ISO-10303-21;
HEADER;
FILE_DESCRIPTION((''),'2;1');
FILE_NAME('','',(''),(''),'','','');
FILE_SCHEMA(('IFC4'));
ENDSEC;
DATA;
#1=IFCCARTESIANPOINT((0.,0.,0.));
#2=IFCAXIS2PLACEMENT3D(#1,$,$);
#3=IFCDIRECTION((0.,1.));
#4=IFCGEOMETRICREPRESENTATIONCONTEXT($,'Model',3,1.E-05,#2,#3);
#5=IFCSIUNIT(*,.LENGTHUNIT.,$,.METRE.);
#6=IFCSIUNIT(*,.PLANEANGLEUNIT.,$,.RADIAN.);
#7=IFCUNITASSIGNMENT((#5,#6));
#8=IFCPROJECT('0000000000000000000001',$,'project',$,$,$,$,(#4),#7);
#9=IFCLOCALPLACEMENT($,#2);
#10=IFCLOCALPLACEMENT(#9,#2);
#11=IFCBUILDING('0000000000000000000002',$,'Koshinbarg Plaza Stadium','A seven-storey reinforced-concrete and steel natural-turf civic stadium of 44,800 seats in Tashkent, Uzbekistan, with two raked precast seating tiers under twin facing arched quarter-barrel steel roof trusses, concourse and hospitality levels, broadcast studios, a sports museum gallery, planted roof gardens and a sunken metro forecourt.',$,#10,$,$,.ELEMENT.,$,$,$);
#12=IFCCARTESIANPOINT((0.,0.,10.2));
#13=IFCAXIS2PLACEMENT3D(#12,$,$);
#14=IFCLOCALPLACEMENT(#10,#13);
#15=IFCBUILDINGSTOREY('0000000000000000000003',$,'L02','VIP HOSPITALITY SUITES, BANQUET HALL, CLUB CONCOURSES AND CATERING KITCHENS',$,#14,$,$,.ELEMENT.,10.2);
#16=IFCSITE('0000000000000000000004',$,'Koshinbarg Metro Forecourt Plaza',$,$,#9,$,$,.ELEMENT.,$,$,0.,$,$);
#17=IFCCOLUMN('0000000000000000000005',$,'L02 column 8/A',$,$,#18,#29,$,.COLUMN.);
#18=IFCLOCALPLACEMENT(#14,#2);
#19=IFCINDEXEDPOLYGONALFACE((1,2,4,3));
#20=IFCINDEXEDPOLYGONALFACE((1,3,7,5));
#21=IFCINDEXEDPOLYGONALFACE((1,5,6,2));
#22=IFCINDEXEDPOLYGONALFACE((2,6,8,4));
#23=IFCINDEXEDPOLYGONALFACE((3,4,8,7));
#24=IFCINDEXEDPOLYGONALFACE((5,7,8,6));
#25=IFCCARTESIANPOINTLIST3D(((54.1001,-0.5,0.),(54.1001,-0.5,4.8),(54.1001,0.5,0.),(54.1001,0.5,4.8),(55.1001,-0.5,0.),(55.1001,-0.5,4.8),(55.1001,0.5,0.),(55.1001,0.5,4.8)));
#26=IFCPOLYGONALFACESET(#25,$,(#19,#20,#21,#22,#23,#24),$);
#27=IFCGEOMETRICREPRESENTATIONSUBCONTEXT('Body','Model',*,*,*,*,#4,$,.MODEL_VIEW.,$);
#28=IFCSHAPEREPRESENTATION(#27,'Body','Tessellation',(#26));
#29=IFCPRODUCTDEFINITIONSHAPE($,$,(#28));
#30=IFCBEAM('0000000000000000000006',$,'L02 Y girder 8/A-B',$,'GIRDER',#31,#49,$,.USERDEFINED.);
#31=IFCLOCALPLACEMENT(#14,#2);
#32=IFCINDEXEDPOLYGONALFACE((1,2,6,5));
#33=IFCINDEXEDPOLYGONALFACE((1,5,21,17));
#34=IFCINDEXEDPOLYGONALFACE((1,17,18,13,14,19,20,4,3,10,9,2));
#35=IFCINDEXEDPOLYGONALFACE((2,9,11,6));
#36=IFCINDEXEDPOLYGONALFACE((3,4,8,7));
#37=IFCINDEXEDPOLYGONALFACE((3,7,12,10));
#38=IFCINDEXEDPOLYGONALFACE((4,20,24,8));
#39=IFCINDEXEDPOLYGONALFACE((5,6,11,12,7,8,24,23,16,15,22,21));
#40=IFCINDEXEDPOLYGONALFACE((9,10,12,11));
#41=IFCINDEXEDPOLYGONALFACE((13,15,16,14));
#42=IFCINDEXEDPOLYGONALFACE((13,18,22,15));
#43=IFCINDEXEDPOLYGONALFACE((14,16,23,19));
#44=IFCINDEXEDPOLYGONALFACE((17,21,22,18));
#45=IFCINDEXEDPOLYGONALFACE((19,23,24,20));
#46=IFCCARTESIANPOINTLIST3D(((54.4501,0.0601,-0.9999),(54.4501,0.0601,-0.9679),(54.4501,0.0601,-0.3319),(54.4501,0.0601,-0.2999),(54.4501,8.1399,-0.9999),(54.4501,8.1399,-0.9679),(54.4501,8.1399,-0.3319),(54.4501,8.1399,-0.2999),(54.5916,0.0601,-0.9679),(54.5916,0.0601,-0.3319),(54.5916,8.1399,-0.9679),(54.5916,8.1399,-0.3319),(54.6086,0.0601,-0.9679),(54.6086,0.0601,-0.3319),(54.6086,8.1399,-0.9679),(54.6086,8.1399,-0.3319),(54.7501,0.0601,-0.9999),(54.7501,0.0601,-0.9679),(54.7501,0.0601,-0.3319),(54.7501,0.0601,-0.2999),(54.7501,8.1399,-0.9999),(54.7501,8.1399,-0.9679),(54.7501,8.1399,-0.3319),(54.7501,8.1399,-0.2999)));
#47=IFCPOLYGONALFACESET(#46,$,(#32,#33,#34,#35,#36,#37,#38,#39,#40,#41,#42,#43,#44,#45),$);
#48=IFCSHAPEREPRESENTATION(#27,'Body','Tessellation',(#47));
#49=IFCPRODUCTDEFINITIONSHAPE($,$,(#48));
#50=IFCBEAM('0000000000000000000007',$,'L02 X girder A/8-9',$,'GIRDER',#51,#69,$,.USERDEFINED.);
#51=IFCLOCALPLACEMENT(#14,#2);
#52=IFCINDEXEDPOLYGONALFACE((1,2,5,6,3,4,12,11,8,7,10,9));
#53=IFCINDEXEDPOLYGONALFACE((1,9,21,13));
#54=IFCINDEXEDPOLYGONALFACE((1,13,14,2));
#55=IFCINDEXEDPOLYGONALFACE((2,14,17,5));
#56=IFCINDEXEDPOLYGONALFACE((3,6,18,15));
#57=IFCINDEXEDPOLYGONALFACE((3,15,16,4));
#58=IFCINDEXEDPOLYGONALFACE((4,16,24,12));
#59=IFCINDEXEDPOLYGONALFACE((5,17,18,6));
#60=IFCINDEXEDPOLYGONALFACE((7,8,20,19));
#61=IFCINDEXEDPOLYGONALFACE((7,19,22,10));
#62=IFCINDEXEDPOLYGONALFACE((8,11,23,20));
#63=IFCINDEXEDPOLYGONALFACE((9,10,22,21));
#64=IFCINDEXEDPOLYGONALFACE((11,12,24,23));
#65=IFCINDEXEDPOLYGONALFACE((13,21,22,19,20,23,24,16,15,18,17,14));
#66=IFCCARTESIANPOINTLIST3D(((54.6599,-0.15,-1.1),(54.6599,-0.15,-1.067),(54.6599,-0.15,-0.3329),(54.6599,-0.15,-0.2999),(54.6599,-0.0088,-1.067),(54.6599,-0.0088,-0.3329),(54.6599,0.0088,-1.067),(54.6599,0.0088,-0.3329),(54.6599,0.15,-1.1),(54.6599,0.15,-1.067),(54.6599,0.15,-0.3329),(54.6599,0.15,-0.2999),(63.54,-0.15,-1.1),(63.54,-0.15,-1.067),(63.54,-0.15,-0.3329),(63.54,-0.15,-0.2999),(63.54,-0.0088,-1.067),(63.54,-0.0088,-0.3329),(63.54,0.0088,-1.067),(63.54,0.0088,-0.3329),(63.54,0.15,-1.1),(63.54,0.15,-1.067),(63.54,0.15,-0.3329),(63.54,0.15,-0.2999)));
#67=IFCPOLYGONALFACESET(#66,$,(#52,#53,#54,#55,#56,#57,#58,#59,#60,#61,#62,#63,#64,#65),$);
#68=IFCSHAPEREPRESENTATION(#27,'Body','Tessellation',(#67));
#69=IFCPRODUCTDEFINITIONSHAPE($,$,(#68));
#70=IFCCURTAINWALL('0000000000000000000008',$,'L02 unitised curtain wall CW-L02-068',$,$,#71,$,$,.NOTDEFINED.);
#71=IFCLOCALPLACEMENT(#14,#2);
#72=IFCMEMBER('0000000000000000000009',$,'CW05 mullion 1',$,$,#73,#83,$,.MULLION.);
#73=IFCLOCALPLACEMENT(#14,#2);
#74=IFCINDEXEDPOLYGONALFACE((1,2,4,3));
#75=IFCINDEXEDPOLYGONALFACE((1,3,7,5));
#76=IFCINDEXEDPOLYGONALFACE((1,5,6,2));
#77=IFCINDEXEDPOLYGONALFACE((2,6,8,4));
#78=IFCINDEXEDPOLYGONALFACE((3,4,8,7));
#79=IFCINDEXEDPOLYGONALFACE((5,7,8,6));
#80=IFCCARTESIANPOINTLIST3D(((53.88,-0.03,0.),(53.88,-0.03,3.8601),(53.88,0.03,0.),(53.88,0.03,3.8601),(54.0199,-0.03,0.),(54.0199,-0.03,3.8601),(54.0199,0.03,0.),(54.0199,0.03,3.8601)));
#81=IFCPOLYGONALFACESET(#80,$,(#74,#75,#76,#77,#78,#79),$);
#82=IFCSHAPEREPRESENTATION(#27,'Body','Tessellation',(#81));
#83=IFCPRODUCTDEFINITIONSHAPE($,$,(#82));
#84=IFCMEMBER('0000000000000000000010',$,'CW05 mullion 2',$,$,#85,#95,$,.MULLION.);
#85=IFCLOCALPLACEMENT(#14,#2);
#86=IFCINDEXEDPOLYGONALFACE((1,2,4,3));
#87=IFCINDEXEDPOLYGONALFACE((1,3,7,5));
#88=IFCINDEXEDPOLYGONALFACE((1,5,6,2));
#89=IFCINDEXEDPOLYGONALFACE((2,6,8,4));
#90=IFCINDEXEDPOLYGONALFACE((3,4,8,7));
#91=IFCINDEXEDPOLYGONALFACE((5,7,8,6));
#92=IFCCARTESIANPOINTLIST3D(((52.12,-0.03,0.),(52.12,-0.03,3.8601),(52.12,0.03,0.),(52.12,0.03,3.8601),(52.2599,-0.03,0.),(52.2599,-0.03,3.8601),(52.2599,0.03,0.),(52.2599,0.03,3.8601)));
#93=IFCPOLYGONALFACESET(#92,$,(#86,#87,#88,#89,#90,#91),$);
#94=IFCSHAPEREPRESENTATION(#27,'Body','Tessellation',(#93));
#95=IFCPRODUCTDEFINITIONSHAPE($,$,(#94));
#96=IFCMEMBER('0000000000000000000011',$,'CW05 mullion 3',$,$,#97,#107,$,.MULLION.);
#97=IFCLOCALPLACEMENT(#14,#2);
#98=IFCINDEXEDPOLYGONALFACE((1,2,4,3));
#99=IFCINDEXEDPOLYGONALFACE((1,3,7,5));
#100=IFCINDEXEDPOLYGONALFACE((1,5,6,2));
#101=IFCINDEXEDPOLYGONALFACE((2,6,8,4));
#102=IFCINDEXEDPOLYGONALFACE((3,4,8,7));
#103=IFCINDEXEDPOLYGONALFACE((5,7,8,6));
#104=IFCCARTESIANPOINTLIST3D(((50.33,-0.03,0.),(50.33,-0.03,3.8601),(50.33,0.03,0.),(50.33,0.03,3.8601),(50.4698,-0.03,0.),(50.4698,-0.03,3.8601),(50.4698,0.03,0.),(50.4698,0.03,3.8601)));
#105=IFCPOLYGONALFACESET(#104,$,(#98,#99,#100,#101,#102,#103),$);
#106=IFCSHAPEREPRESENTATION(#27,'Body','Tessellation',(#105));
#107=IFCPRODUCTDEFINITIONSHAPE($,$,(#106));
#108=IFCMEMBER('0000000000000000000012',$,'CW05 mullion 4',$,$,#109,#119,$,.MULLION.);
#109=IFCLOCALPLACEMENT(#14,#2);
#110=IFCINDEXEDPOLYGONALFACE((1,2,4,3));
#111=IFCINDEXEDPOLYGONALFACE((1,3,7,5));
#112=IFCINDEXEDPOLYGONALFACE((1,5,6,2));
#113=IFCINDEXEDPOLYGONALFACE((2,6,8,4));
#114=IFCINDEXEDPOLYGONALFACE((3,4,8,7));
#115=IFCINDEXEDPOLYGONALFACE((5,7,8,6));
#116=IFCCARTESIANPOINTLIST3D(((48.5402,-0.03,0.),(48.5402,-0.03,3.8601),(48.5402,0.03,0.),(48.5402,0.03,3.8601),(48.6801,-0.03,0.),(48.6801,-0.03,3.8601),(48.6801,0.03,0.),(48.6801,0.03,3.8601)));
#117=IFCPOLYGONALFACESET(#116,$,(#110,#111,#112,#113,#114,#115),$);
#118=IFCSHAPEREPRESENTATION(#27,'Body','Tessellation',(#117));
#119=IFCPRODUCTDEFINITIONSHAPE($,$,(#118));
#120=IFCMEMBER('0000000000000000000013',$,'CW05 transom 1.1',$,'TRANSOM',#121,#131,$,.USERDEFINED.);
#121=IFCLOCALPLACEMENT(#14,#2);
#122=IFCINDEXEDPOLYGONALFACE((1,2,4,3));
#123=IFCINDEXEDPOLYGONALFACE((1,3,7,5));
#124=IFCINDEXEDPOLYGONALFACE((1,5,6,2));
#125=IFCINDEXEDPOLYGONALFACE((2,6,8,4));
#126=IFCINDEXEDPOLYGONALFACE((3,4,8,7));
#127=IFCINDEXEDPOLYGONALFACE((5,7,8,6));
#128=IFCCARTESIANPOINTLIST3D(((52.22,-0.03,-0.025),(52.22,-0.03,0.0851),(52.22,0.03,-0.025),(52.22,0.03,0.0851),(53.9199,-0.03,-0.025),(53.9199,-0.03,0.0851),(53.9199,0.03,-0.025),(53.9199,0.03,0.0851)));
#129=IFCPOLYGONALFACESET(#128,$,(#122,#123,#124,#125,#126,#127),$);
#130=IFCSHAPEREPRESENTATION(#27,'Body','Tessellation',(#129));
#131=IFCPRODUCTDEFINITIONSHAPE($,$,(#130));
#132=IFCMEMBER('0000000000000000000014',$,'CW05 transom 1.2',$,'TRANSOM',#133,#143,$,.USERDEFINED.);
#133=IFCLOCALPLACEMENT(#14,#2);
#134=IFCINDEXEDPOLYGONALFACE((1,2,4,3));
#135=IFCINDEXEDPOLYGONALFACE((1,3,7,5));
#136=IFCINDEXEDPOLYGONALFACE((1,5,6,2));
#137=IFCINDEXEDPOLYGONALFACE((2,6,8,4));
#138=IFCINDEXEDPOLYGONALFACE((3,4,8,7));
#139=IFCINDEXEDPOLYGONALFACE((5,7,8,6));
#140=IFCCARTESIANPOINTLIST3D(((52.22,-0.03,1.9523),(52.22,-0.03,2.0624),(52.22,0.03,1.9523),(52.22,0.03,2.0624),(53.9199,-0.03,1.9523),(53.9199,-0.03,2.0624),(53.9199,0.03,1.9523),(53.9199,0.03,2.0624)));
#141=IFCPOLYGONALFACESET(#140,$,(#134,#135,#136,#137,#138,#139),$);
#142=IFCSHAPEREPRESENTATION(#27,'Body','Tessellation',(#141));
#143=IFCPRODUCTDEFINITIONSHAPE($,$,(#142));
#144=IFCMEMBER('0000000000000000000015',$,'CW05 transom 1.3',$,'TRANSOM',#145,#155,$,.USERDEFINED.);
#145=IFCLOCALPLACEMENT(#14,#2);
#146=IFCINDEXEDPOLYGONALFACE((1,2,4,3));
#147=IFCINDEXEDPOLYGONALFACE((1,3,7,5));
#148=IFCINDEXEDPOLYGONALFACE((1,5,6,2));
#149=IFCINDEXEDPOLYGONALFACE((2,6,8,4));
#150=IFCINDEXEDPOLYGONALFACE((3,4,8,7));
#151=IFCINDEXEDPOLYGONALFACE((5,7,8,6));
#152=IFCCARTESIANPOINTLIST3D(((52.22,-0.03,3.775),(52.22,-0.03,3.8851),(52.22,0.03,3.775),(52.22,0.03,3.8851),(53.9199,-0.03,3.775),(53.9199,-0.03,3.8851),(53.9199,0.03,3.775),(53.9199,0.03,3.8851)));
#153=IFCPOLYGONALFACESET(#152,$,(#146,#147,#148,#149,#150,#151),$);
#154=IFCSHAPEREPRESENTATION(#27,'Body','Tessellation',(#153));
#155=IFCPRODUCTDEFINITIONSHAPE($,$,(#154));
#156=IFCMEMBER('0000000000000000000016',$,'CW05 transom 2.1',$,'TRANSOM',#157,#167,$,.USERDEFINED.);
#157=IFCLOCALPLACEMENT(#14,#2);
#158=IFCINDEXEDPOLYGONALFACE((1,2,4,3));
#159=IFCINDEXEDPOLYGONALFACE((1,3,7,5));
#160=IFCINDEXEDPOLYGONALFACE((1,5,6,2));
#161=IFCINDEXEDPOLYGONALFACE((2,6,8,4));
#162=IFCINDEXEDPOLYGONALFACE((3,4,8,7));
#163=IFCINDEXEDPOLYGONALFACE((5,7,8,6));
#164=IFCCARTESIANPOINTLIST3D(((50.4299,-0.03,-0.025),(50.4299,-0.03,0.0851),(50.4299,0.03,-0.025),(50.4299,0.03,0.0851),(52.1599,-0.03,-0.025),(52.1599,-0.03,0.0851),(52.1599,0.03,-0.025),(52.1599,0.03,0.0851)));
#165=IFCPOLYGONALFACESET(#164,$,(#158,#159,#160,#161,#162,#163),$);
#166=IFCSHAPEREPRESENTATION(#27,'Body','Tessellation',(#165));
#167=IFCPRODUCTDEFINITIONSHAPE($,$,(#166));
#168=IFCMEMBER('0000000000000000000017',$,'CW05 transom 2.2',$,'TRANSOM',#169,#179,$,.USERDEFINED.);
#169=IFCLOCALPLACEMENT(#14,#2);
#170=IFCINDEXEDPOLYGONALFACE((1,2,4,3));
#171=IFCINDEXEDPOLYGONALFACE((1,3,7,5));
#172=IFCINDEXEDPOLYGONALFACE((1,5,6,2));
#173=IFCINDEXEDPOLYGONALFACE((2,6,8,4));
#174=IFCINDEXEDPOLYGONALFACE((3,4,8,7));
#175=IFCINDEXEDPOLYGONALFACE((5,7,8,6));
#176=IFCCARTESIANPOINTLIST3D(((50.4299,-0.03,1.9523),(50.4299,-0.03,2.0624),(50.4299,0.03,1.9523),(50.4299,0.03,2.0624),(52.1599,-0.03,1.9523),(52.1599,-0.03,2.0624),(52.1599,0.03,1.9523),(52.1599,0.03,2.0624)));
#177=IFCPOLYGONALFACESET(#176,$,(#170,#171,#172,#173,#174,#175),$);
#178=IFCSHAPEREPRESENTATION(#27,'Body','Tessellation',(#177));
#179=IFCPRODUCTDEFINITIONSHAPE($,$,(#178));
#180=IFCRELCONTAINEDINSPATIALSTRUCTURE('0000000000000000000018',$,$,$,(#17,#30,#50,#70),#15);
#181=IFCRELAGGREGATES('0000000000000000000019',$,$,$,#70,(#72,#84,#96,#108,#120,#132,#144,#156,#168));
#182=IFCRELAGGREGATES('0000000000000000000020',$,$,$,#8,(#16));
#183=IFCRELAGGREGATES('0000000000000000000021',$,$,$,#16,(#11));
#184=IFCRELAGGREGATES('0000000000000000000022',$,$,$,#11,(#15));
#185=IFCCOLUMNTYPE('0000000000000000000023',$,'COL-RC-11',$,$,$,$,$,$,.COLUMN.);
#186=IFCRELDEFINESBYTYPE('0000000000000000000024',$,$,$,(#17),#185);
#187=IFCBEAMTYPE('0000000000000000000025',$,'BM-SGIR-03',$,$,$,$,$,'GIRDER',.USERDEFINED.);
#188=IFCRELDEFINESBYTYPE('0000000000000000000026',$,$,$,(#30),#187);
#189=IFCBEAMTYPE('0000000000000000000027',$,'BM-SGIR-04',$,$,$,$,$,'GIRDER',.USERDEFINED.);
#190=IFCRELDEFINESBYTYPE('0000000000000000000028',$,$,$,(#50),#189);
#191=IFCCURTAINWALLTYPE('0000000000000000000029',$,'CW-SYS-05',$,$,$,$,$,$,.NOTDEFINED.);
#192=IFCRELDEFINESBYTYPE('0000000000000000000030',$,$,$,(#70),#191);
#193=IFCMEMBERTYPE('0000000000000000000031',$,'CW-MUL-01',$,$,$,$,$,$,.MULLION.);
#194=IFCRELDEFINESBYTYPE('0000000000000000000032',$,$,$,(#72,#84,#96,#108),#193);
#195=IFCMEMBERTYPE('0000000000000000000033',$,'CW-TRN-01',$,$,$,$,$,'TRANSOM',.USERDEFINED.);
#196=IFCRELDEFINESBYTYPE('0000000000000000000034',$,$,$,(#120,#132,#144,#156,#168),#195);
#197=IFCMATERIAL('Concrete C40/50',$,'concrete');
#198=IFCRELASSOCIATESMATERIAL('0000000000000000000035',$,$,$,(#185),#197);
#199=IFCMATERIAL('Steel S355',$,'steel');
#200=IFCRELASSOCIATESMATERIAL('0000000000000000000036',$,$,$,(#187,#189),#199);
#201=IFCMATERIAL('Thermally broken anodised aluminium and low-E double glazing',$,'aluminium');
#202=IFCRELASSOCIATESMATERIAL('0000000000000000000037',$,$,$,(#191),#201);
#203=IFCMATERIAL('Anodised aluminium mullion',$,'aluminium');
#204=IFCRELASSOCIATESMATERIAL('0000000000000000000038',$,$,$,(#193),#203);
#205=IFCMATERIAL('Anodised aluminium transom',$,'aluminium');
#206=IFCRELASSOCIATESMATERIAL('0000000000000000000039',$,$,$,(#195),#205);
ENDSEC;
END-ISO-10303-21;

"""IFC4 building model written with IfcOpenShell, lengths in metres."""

from ifc_helpers import new_model, si_unit, direction, frame, origin, origin_2d, place, context, subcontext, project, spatial, rectangle, i_section, extrude, material, material_profile, profile_set, type_object, element, aggregate, save


model = new_model("IFC4")

# Units and contexts
model_context = context("Model", 3, precision=1e-05, world=origin(), true_north=direction((0.0, 1.0)))
body_context = subcontext(model_context, "Body", "Model", "MODEL_VIEW")
ifc_project = project(units=[si_unit("LENGTHUNIT", "METRE"), si_unit("PLANEANGLEUNIT", "RADIAN")], contexts=[model_context])

# Site, building, storey
site_placement = place(None, origin())
site = spatial("IfcSite", under=ifc_project, at=site_placement, Name="Koshinbarg Metro Forecourt Plaza", CompositionType="ELEMENT", RefElevation=0.0)
building_placement = place(site_placement, origin())
building = spatial("IfcBuilding", under=site, at=building_placement, Name="Koshinbarg Plaza Stadium", Description="A seven-storey reinforced-concrete and steel natural-turf civic stadium of 44,800 seats in Tashkent, Uzbekistan, with two raked precast seating tiers under twin facing arched quarter-barrel steel roof trusses, concourse and hospitality levels, broadcast studios, a sports museum gallery, planted roof gardens and a sunken metro forecourt.", CompositionType="ELEMENT")
storey_placement = place(building_placement, frame((0.0, 0.0, 10.2)))
storey = spatial("IfcBuildingStorey", under=building, at=storey_placement, Name="L02", Description="VIP HOSPITALITY SUITES, BANQUET HALL, CLUB CONCOURSES AND CATERING KITCHENS", CompositionType="ELEMENT", Elevation=10.2)

# Column
ifc_material_1 = material(Name="Concrete C40/50", Category="concrete")
ifc_material_profile_1 = material_profile(ifc_material_1, rectangle(XDim=1.0, YDim=1.0, at=origin_2d()), Name="RC 1000x1000")
ifc_profile_set_1 = profile_set([ifc_material_profile_1], Name="Concrete C40/50")
column_type = type_object("IfcColumnType", Name="COL-RC-11", PredefinedType="COLUMN", material=ifc_profile_set_1)
column_placement = place(storey_placement, frame((54.6001, 0.0, 0.0), z_axis=(0.0, 0.0, 1.0), x_axis=(1.0, 0.0, 0.0)))
element("IfcColumn", 1, at=column_placement, inside=storey, type_object=column_type, Name="L02 column 8/A", PredefinedType="COLUMN", context=body_context, shape_type="SweptSolid", body=[
    extrude(rectangle(XDim=1.0, YDim=1.0, at=origin_2d()), origin(), (0.0, 0.0, 1.0), 4.8),
])

# Beams
ifc_material_2 = material(Name="Steel S355", Category="steel")
ifc_material_profile_2 = material_profile(ifc_material_2, i_section(OverallWidth=0.3, OverallDepth=0.7, WebThickness=0.0171, FlangeThickness=0.032, at=origin_2d()), Name="HEB 700")
ifc_profile_set_2 = profile_set([ifc_material_profile_2], Name="Steel S355")
beam_type_1 = type_object("IfcBeamType", Name="BM-SGIR-03", ElementType="GIRDER", PredefinedType="USERDEFINED", material=ifc_profile_set_2)
beam_1_placement = place(storey_placement, frame((54.6001, 0.0601, -0.6499), z_axis=(0.0, 1.0, 0.0), x_axis=(-1.0, 0.0, 0.0)))
element("IfcBeam", 2, at=beam_1_placement, inside=storey, type_object=beam_type_1, Name="L02 Y girder 8/A-B", ObjectType="GIRDER", PredefinedType="USERDEFINED", context=body_context, shape_type="SweptSolid", body=[
    extrude(i_section(OverallWidth=0.3, OverallDepth=0.7, WebThickness=0.0171, FlangeThickness=0.032, at=origin_2d()), origin(), (0.0, 0.0, 1.0), 8.0798),
])
ifc_material_profile_3 = material_profile(ifc_material_2, i_section(OverallWidth=0.3, OverallDepth=0.8, WebThickness=0.0176, FlangeThickness=0.033, at=origin_2d()), Name="HEB 800")
ifc_profile_set_3 = profile_set([ifc_material_profile_3], Name="Steel S355")
beam_type_2 = type_object("IfcBeamType", Name="BM-SGIR-04", ElementType="GIRDER", PredefinedType="USERDEFINED", material=ifc_profile_set_3)
beam_2_placement = place(storey_placement, frame((54.6599, 0.0, -0.7), z_axis=(1.0, 0.0, 0.0), x_axis=(0.0, 1.0, 0.0)))
element("IfcBeam", 3, at=beam_2_placement, inside=storey, type_object=beam_type_2, Name="L02 X girder A/8-9", ObjectType="GIRDER", PredefinedType="USERDEFINED", context=body_context, shape_type="SweptSolid", body=[
    extrude(i_section(OverallWidth=0.3, OverallDepth=0.8, WebThickness=0.0176, FlangeThickness=0.033, at=origin_2d()), origin(), (0.0, 0.0, 1.0), 8.8801),
])

# Curtain wall, members
ifc_material_3 = material(Name="Thermally broken anodised aluminium and low-E double glazing", Category="aluminium")
curtain_wall_type = type_object("IfcCurtainWallType", Name="CW-SYS-05", PredefinedType="NOTDEFINED", material=ifc_material_3)
curtain_wall_placement = place(storey_placement, origin())
curtain_wall = element("IfcCurtainWall", 4, at=curtain_wall_placement, inside=storey, type_object=curtain_wall_type, Name="L02 unitised curtain wall CW-L02-068", PredefinedType="NOTDEFINED")
ifc_material_4 = material(Name="Anodised aluminium mullion", Category="aluminium")
ifc_material_profile_4 = material_profile(ifc_material_4, rectangle(XDim=0.0601, YDim=0.1399, at=origin_2d()), Name="ALU 60x140")
ifc_profile_set_4 = profile_set([ifc_material_profile_4], Name="Anodised aluminium mullion")
member_type_1 = type_object("IfcMemberType", Name="CW-MUL-01", PredefinedType="MULLION", material=ifc_profile_set_4)
member_1_placement = place(storey_placement, frame((53.95, 0.0, 0.0), z_axis=(0.0, 0.0, 1.0), x_axis=(0.0, -1.0, 0.0)))
member_1 = element("IfcMember", 5, at=member_1_placement, type_object=member_type_1, Name="CW05 mullion 1", PredefinedType="MULLION", context=body_context, shape_type="SweptSolid", body=[
    extrude(rectangle(XDim=0.0601, YDim=0.1399, at=origin_2d()), origin(), (0.0, 0.0, 1.0), 3.8601),
])
member_2_placement = place(storey_placement, frame((52.1899, 0.0, 0.0), z_axis=(0.0, 0.0, 1.0), x_axis=(0.0, -1.0, 0.0)))
member_2 = element("IfcMember", 6, at=member_2_placement, type_object=member_type_1, Name="CW05 mullion 2", PredefinedType="MULLION", context=body_context, shape_type="SweptSolid", body=[
    extrude(rectangle(XDim=0.0601, YDim=0.1399, at=origin_2d()), origin(), (0.0, 0.0, 1.0), 3.8601),
])
member_3_placement = place(storey_placement, frame((50.3999, 0.0, 0.0), z_axis=(0.0, 0.0, 1.0), x_axis=(0.0, -1.0, 0.0)))
member_3 = element("IfcMember", 7, at=member_3_placement, type_object=member_type_1, Name="CW05 mullion 3", PredefinedType="MULLION", context=body_context, shape_type="SweptSolid", body=[
    extrude(rectangle(XDim=0.0601, YDim=0.1399, at=origin_2d()), origin(), (0.0, 0.0, 1.0), 3.8601),
])
member_4_placement = place(storey_placement, frame((48.6101, 0.0, 0.0), z_axis=(0.0, 0.0, 1.0), x_axis=(0.0, -1.0, 0.0)))
member_4 = element("IfcMember", 8, at=member_4_placement, type_object=member_type_1, Name="CW05 mullion 4", PredefinedType="MULLION", context=body_context, shape_type="SweptSolid", body=[
    extrude(rectangle(XDim=0.0601, YDim=0.1399, at=origin_2d()), origin(), (0.0, 0.0, 1.0), 3.8601),
])
ifc_material_5 = material(Name="Anodised aluminium transom", Category="aluminium")
ifc_material_profile_5 = material_profile(ifc_material_5, rectangle(XDim=0.0601, YDim=0.1101, at=origin_2d()), Name="ALU 60x110")
ifc_profile_set_5 = profile_set([ifc_material_profile_5], Name="Anodised aluminium transom")
member_type_2 = type_object("IfcMemberType", Name="CW-TRN-01", ElementType="TRANSOM", PredefinedType="USERDEFINED", material=ifc_profile_set_5)
member_5_placement = place(storey_placement, frame((53.9199, 0.0, 0.03), z_axis=(-1.0, 0.0, 0.0), x_axis=(0.0, -1.0, 0.0)))
member_5 = element("IfcMember", 9, at=member_5_placement, type_object=member_type_2, Name="CW05 transom 1.1", ObjectType="TRANSOM", PredefinedType="USERDEFINED", context=body_context, shape_type="SweptSolid", body=[
    extrude(rectangle(XDim=0.0601, YDim=0.1101, at=origin_2d()), origin(), (0.0, 0.0, 1.0), 1.7),
])
member_6_placement = place(storey_placement, frame((53.9199, 0.0, 2.0073), z_axis=(-1.0, 0.0, 0.0), x_axis=(0.0, -1.0, 0.0)))
member_6 = element("IfcMember", 10, at=member_6_placement, type_object=member_type_2, Name="CW05 transom 1.2", ObjectType="TRANSOM", PredefinedType="USERDEFINED", context=body_context, shape_type="SweptSolid", body=[
    extrude(rectangle(XDim=0.0601, YDim=0.1101, at=origin_2d()), origin(), (0.0, 0.0, 1.0), 1.7),
])
member_7_placement = place(storey_placement, frame((53.9199, 0.0, 3.8301), z_axis=(-1.0, 0.0, 0.0), x_axis=(0.0, -1.0, 0.0)))
member_7 = element("IfcMember", 11, at=member_7_placement, type_object=member_type_2, Name="CW05 transom 1.3", ObjectType="TRANSOM", PredefinedType="USERDEFINED", context=body_context, shape_type="SweptSolid", body=[
    extrude(rectangle(XDim=0.0601, YDim=0.1101, at=origin_2d()), origin(), (0.0, 0.0, 1.0), 1.7),
])
member_8_placement = place(storey_placement, frame((52.1599, 0.0, 0.03), z_axis=(-1.0, 0.0, 0.0), x_axis=(0.0, -1.0, 0.0)))
member_8 = element("IfcMember", 12, at=member_8_placement, type_object=member_type_2, Name="CW05 transom 2.1", ObjectType="TRANSOM", PredefinedType="USERDEFINED", context=body_context, shape_type="SweptSolid", body=[
    extrude(rectangle(XDim=0.0601, YDim=0.1101, at=origin_2d()), origin(), (0.0, 0.0, 1.0), 1.73),
])
member_9_placement = place(storey_placement, frame((52.1599, 0.0, 2.0073), z_axis=(-1.0, 0.0, 0.0), x_axis=(0.0, -1.0, 0.0)))
member_9 = element("IfcMember", 13, at=member_9_placement, type_object=member_type_2, Name="CW05 transom 2.2", ObjectType="TRANSOM", PredefinedType="USERDEFINED", context=body_context, shape_type="SweptSolid", body=[
    extrude(rectangle(XDim=0.0601, YDim=0.1101, at=origin_2d()), origin(), (0.0, 0.0, 1.0), 1.73),
])
aggregate(curtain_wall, [member_1, member_2, member_3, member_4, member_5, member_6, member_7, member_8, member_9])

save(model, "model.ifc")
